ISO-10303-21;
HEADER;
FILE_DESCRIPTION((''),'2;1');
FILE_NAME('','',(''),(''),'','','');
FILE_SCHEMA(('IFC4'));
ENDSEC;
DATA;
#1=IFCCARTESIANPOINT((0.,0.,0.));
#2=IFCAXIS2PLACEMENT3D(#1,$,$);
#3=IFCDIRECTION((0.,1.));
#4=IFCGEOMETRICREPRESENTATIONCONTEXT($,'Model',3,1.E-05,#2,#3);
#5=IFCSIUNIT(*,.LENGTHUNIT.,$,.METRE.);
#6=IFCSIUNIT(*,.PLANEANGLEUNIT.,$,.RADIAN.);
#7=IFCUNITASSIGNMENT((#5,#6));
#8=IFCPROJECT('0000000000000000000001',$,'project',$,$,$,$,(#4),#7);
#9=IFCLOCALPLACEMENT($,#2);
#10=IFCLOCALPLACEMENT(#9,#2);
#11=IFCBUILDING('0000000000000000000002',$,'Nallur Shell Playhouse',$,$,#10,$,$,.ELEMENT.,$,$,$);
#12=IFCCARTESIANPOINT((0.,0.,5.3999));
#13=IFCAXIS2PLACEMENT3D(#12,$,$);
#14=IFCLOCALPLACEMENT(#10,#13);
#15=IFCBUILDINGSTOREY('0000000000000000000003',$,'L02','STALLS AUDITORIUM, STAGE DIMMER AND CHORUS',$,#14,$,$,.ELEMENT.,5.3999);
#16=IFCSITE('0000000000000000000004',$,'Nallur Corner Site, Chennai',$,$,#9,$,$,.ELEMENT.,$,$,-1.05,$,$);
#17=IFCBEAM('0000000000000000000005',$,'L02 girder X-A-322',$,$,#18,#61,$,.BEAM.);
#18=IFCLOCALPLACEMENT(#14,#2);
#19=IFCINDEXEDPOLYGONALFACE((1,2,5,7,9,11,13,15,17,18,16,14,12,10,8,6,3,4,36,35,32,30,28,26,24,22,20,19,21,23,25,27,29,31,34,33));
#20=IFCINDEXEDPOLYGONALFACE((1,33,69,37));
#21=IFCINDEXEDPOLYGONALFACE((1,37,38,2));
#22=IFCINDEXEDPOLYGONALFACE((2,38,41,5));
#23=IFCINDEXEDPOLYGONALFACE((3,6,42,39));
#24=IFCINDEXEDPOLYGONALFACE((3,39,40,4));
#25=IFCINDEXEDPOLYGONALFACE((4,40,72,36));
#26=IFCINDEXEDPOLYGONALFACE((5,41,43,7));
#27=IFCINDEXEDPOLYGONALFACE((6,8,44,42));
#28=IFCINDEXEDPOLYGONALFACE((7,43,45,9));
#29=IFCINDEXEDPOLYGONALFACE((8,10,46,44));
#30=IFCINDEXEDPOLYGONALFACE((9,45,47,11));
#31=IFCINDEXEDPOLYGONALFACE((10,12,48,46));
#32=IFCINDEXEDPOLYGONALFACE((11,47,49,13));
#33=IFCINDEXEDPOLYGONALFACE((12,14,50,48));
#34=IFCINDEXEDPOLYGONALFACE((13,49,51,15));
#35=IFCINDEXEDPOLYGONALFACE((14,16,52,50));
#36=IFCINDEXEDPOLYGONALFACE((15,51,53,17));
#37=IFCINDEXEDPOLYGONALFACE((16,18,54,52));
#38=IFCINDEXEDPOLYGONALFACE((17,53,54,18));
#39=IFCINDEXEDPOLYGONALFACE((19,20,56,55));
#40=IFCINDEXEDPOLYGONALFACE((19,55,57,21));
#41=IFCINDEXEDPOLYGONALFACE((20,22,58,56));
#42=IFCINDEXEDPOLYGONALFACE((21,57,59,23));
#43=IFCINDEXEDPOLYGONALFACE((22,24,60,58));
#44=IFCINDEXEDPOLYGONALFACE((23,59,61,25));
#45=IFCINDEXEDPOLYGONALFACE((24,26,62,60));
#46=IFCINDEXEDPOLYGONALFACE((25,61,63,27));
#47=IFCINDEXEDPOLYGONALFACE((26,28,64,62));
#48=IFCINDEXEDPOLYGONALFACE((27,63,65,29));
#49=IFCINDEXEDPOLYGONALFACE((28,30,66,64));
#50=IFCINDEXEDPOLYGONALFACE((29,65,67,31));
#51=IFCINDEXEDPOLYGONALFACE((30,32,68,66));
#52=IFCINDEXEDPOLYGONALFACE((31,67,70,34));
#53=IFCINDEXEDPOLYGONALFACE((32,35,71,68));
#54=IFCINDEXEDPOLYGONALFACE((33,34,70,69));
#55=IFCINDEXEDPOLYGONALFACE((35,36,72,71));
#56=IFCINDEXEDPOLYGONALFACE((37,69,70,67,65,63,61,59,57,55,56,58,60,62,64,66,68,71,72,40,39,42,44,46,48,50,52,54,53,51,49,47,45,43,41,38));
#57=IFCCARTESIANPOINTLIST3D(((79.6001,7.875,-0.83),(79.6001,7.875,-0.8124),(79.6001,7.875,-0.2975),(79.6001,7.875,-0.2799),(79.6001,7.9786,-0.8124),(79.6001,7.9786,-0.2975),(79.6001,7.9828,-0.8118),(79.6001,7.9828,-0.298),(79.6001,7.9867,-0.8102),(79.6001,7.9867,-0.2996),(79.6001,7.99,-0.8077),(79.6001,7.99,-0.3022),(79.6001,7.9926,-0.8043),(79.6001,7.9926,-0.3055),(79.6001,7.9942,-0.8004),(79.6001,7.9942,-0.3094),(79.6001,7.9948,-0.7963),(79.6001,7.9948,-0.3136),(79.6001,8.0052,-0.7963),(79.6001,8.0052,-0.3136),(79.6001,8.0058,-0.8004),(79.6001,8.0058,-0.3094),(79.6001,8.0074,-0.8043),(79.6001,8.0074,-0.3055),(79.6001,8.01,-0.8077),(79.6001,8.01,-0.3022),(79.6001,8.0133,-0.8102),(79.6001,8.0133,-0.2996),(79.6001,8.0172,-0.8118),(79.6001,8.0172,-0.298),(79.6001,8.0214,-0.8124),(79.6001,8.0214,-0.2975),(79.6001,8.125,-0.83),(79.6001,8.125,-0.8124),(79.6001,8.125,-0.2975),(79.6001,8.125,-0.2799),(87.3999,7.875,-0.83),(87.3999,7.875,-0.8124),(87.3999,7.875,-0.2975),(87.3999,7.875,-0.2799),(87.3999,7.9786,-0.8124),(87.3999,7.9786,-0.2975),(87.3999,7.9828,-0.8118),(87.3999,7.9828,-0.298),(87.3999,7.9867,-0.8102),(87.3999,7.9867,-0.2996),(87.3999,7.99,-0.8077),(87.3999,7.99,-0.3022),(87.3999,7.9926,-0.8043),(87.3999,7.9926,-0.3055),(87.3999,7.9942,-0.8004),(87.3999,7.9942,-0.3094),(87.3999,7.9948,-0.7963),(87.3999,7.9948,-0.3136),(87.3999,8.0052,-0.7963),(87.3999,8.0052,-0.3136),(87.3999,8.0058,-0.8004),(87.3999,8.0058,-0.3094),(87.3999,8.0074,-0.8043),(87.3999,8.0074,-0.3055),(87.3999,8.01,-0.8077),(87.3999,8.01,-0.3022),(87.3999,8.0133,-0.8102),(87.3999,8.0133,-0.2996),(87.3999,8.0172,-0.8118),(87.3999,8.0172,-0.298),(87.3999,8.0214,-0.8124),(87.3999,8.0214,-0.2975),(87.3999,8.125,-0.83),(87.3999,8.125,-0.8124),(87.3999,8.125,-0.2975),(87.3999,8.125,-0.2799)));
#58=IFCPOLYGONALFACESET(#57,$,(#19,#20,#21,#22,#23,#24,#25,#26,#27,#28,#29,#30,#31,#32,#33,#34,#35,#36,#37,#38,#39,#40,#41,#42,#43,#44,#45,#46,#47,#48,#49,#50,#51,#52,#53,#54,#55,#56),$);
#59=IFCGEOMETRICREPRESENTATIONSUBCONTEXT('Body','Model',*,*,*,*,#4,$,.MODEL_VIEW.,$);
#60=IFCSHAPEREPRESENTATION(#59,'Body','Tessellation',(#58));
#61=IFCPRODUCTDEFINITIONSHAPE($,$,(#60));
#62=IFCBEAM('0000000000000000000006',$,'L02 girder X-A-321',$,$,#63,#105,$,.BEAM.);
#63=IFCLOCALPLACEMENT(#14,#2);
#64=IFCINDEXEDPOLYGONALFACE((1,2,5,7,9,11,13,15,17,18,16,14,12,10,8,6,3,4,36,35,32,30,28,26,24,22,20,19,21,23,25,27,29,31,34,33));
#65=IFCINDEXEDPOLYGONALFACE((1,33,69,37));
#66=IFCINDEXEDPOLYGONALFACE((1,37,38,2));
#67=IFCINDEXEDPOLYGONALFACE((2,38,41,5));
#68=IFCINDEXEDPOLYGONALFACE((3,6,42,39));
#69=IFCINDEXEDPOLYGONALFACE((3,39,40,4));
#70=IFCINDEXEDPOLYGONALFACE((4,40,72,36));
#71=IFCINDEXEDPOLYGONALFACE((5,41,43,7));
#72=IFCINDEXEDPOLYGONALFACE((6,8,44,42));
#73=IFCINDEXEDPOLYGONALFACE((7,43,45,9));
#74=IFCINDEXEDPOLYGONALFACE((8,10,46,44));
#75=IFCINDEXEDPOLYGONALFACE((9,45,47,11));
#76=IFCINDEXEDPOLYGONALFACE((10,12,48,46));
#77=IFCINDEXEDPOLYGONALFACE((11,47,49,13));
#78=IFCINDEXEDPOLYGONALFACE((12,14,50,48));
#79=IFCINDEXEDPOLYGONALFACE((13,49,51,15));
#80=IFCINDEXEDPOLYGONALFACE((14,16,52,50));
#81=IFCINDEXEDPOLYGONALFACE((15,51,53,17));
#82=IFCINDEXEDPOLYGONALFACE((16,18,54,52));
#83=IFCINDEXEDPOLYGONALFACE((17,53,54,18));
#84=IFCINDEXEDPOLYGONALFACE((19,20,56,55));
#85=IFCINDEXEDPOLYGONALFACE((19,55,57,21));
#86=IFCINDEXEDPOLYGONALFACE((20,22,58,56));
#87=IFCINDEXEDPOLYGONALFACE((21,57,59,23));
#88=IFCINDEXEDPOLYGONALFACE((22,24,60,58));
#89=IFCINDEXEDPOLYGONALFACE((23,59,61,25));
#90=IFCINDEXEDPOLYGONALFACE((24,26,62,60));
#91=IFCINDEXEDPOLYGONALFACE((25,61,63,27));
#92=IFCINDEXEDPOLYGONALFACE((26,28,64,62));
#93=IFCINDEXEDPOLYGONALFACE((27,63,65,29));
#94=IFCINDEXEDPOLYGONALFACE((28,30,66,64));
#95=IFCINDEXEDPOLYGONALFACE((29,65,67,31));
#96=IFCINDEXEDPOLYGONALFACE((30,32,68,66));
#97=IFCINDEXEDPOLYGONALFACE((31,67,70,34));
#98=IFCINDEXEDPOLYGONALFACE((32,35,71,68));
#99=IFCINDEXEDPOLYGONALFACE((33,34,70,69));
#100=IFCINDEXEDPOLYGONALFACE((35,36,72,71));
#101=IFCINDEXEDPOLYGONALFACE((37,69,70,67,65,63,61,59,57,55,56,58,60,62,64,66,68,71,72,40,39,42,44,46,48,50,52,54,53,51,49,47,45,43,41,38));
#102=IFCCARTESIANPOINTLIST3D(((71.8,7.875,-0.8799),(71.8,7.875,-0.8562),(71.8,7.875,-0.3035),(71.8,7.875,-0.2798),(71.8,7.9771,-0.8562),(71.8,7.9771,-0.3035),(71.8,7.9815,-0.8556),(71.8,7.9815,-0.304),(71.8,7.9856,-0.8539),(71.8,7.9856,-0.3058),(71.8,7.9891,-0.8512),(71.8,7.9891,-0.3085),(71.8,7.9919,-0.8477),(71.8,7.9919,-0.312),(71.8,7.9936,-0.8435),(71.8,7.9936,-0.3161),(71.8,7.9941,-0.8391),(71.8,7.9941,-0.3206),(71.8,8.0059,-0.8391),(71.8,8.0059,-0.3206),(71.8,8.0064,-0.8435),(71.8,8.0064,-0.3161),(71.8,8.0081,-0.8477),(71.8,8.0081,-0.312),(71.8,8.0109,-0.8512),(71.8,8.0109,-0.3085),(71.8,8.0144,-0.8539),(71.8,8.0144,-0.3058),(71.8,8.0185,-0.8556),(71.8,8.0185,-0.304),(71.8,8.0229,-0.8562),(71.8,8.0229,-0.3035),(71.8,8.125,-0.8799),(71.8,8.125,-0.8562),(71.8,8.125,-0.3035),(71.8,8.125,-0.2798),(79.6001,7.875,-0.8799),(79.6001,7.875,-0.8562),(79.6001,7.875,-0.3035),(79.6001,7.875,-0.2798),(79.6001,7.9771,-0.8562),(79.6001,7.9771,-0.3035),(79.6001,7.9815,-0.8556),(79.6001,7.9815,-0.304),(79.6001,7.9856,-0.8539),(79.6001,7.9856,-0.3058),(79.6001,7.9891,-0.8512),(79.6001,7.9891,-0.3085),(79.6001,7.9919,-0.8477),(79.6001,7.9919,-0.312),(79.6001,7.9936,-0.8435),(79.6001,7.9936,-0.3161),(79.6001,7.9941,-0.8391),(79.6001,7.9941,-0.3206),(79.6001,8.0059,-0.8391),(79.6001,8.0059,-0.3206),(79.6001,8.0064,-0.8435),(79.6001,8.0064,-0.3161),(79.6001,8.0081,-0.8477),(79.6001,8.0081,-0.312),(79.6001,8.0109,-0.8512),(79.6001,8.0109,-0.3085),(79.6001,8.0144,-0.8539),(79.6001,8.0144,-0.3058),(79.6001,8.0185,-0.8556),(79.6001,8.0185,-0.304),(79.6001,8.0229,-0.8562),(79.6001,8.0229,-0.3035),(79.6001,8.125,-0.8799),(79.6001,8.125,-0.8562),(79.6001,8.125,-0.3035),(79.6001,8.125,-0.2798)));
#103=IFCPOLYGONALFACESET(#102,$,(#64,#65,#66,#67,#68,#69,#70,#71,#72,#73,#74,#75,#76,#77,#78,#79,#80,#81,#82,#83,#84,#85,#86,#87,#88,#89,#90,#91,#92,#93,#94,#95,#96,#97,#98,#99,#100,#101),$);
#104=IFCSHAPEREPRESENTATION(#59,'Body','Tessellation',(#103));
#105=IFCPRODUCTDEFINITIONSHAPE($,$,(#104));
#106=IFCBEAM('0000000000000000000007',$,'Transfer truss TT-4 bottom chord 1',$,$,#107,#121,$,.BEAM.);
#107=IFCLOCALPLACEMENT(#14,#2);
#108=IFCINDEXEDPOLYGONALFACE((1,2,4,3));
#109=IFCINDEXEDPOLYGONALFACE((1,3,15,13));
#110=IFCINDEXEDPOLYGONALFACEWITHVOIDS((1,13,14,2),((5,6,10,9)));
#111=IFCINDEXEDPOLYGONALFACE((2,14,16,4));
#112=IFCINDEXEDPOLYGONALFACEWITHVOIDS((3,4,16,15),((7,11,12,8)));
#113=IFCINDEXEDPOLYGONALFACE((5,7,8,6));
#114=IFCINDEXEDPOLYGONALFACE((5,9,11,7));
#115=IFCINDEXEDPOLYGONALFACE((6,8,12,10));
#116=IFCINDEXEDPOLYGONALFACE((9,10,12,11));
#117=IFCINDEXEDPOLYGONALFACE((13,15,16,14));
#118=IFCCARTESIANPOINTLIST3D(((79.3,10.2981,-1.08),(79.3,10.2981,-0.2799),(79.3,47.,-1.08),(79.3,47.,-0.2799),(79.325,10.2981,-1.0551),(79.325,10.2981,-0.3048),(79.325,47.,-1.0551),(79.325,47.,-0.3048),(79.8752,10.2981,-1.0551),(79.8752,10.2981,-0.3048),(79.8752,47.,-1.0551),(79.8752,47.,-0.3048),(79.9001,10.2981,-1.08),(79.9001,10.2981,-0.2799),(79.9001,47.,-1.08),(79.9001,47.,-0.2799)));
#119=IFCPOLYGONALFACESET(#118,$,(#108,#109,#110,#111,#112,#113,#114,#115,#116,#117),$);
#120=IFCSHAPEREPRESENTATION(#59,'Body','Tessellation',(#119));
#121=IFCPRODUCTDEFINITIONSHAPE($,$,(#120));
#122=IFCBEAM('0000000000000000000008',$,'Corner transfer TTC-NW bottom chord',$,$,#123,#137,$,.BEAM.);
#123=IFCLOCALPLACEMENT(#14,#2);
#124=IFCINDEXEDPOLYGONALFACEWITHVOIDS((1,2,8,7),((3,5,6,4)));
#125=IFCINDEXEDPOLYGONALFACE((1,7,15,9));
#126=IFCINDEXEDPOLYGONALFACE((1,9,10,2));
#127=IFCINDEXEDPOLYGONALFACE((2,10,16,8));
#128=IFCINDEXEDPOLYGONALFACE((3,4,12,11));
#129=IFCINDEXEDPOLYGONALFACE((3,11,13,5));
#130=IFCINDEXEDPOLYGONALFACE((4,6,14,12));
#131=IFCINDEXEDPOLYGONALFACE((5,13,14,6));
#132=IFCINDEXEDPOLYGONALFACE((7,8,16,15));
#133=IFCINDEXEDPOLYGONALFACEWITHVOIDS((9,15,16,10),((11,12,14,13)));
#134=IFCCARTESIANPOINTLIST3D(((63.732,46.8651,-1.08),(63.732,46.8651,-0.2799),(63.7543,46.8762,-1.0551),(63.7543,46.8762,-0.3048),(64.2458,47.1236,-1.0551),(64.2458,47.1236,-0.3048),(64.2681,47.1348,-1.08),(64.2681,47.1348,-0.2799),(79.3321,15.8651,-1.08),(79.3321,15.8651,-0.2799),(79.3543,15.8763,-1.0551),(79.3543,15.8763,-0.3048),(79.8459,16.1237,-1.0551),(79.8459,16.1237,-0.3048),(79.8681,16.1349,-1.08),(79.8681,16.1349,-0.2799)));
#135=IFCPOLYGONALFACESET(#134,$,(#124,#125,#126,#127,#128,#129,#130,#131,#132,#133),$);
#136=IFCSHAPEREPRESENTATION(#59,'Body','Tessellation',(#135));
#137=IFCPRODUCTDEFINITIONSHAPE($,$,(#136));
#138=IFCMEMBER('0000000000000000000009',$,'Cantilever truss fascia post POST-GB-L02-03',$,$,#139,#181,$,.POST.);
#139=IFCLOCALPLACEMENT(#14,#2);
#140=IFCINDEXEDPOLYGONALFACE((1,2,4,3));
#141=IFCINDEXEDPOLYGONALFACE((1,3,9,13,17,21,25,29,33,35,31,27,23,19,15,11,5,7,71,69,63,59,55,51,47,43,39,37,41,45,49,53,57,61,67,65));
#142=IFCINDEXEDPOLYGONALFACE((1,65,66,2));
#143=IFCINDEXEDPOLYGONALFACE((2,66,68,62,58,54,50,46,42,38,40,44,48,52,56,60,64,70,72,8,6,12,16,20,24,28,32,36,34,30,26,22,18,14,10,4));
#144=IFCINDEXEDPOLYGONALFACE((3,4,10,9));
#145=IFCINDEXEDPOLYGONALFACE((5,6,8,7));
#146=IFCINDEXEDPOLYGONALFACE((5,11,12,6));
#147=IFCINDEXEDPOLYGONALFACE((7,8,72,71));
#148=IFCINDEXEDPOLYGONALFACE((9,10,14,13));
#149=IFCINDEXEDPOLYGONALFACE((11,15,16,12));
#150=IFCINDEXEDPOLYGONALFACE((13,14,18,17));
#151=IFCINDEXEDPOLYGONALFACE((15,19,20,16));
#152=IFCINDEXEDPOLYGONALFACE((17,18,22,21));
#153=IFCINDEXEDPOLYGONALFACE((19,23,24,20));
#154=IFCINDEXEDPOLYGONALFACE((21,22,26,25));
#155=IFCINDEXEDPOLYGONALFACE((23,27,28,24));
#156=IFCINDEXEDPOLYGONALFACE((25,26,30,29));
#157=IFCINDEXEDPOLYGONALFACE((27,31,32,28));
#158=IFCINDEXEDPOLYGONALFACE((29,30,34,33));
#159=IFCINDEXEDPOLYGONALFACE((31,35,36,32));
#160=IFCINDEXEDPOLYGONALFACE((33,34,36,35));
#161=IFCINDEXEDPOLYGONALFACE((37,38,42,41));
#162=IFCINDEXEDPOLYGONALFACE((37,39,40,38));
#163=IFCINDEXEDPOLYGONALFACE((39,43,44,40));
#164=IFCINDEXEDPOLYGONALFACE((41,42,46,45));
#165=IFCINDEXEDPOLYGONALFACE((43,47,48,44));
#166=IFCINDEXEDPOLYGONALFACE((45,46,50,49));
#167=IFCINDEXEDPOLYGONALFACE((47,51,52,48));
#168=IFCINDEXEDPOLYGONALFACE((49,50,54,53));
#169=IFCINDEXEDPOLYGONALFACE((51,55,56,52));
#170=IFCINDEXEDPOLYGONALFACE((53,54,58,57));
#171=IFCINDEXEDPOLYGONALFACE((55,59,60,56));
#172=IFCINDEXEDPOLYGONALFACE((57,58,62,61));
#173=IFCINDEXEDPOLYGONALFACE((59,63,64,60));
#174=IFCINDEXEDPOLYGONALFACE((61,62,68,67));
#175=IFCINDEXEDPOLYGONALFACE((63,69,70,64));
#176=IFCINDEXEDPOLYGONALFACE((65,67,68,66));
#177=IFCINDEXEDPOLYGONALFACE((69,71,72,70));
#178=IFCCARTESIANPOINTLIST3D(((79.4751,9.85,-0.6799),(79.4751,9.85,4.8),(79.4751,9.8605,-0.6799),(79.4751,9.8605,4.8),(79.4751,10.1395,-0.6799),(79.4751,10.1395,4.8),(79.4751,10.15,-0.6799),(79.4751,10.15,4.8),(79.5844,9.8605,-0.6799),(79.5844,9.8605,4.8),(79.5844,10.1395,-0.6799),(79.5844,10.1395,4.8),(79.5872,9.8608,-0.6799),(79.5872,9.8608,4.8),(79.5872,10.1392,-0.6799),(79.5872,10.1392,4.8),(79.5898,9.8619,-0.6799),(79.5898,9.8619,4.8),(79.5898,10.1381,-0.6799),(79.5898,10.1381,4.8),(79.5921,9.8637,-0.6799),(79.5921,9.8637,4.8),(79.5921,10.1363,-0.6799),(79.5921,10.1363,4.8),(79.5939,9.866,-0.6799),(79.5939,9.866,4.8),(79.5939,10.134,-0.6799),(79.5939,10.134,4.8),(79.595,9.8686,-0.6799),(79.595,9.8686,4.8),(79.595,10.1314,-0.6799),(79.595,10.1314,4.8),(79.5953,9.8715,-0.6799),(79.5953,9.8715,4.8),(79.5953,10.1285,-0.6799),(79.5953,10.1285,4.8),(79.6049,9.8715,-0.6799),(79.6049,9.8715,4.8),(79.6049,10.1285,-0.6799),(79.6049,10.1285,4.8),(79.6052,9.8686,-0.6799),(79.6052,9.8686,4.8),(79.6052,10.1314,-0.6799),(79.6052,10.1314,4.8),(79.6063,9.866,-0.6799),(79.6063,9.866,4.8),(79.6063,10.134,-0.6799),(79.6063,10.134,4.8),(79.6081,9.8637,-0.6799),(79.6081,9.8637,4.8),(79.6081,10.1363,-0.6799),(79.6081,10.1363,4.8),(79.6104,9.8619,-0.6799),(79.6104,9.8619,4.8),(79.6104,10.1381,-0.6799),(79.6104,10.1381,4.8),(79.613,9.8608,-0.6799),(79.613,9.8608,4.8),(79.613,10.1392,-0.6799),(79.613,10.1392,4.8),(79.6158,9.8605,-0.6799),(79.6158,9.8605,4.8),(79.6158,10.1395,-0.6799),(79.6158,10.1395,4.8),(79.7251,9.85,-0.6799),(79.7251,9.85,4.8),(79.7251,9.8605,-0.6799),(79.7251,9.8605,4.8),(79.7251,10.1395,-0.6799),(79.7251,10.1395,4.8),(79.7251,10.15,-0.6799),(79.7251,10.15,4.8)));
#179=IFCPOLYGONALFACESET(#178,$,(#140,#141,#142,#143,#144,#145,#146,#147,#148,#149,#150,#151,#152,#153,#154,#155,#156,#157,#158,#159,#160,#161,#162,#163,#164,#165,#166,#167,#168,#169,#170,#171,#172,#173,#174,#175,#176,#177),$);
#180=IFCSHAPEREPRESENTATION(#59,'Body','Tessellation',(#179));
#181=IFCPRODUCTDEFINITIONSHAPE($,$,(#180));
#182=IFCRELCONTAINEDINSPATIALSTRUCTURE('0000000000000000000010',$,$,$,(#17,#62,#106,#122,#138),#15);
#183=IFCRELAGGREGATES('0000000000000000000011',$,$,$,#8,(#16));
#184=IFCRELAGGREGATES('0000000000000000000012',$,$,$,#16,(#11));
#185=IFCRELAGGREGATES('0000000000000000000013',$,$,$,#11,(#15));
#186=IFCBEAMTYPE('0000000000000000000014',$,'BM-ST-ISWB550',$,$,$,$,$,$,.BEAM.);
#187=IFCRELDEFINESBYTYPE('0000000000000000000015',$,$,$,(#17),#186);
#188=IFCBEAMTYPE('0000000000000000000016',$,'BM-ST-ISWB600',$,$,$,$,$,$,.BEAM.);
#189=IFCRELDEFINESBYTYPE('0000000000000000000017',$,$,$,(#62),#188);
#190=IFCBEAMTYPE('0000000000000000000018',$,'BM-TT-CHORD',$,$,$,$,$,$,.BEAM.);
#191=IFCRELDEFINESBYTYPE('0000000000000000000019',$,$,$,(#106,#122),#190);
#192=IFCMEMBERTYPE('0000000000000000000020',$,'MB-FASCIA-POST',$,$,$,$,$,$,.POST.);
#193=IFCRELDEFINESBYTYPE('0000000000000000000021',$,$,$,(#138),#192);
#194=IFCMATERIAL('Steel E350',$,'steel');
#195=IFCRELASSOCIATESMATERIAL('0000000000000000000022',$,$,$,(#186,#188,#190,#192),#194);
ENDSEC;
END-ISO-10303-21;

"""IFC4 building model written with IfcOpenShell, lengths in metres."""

from ifc_helpers import new_model, si_unit, direction, frame, origin, origin_2d, place, context, subcontext, project, spatial, hollow_rectangle, i_section, extrude, material, material_profile, profile_set, type_object, element, save


model = new_model("IFC4")

# Units and contexts
model_context = context("Model", 3, precision=1e-05, world=origin(), true_north=direction((0.0, 1.0)))
body_context = subcontext(model_context, "Body", "Model", "MODEL_VIEW")
ifc_project = project(units=[si_unit("LENGTHUNIT", "METRE"), si_unit("PLANEANGLEUNIT", "RADIAN")], contexts=[model_context])

# Site, building, storey
site_placement = place(None, origin())
site = spatial("IfcSite", under=ifc_project, at=site_placement, Name="Nallur Corner Site, Chennai", CompositionType="ELEMENT", RefElevation=-1.05)
building_placement = place(site_placement, origin())
building = spatial("IfcBuilding", under=site, at=building_placement, Name="Nallur Shell Playhouse", CompositionType="ELEMENT")
storey_placement = place(building_placement, frame((0.0, 0.0, 5.3999)))
storey = spatial("IfcBuildingStorey", under=building, at=storey_placement, Name="L02", Description="STALLS AUDITORIUM, STAGE DIMMER AND CHORUS", CompositionType="ELEMENT", Elevation=5.3999)

# Beams
ifc_material_1 = material(Name="Steel E350", Category="steel")
ifc_material_profile_1 = material_profile(ifc_material_1, i_section(OverallWidth=0.25, OverallDepth=0.55, WebThickness=0.0105, FlangeThickness=0.0176, FilletRadius=0.0161, at=origin_2d()), Name="ISWB 550")
ifc_profile_set_1 = profile_set([ifc_material_profile_1], Name="Steel E350")
beam_type_1 = type_object("IfcBeamType", Name="BM-ST-ISWB550", PredefinedType="BEAM", material=ifc_profile_set_1)
beam_1_placement = place(storey_placement, frame((79.6001, 8.0, -0.5549), z_axis=(1.0, 0.0, 0.0), x_axis=(0.0, 1.0, 0.0)))
element("IfcBeam", 1, at=beam_1_placement, inside=storey, type_object=beam_type_1, Name="L02 girder X-A-322", PredefinedType="BEAM", context=body_context, shape_type="SweptSolid", body=[
    extrude(i_section(OverallWidth=0.25, OverallDepth=0.55, WebThickness=0.0105, FlangeThickness=0.0176, FilletRadius=0.0161, at=origin_2d()), origin(), (0.0, 0.0, 1.0), 7.7998),
])
ifc_material_profile_2 = material_profile(ifc_material_1, i_section(OverallWidth=0.25, OverallDepth=0.6001, WebThickness=0.0117, FlangeThickness=0.0237, FilletRadius=0.0171, at=origin_2d()), Name="ISWB 600")
ifc_profile_set_2 = profile_set([ifc_material_profile_2], Name="Steel E350")
beam_type_2 = type_object("IfcBeamType", Name="BM-ST-ISWB600", PredefinedType="BEAM", material=ifc_profile_set_2)
beam_2_placement = place(storey_placement, frame((71.8, 8.0, -0.5798), z_axis=(1.0, 0.0, 0.0), x_axis=(0.0, 1.0, 0.0)))
element("IfcBeam", 2, at=beam_2_placement, inside=storey, type_object=beam_type_2, Name="L02 girder X-A-321", PredefinedType="BEAM", context=body_context, shape_type="SweptSolid", body=[
    extrude(i_section(OverallWidth=0.25, OverallDepth=0.6001, WebThickness=0.0117, FlangeThickness=0.0237, FilletRadius=0.0171, at=origin_2d()), origin(), (0.0, 0.0, 1.0), 7.8),
])
ifc_material_profile_3 = material_profile(ifc_material_1, hollow_rectangle(XDim=0.6001, YDim=0.8, WallThickness=0.0249, at=origin_2d()), Name="BOX 600x800x25")
ifc_profile_set_3 = profile_set([ifc_material_profile_3], Name="Steel E350")
beam_type_3 = type_object("IfcBeamType", Name="BM-TT-CHORD", PredefinedType="BEAM", material=ifc_profile_set_3)
beam_3_placement = place(storey_placement, frame((79.6001, 10.2981, -0.6799), z_axis=(0.0, 1.0, 0.0), x_axis=(-1.0, 0.0, 0.0)))
element("IfcBeam", 3, at=beam_3_placement, inside=storey, type_object=beam_type_3, Name="Transfer truss TT-4 bottom chord 1", PredefinedType="BEAM", context=body_context, shape_type="SweptSolid", body=[
    extrude(hollow_rectangle(XDim=0.6001, YDim=0.8, WallThickness=0.0249, at=origin_2d()), origin(), (0.0, 0.0, 1.0), 36.7019),
])
beam_4_placement = place(storey_placement, frame((79.6001, 16.0, -0.6799), z_axis=(-0.44952, 0.89327, 0.0), x_axis=(-0.89327, -0.44952, 0.0)))
element("IfcBeam", 4, at=beam_4_placement, inside=storey, type_object=beam_type_3, Name="Corner transfer TTC-NW bottom chord", PredefinedType="BEAM", context=body_context, shape_type="SweptSolid", body=[
    extrude(hollow_rectangle(XDim=0.6001, YDim=0.8, WallThickness=0.0249, at=origin_2d()), origin(), (0.0, 0.0, 1.0), 34.7039),
])

# Member
ifc_material_profile_4 = material_profile(ifc_material_1, i_section(OverallWidth=0.25, OverallDepth=0.3, WebThickness=0.0095, FlangeThickness=0.0105, FilletRadius=0.011, at=origin_2d()), Name="ISHB 300")
ifc_profile_set_4 = profile_set([ifc_material_profile_4], Name="Steel E350")
member_type_1 = type_object("IfcMemberType", Name="MB-FASCIA-POST", PredefinedType="POST", material=ifc_profile_set_4)
member_1_placement = place(storey_placement, frame((79.6001, 10.0, -0.6799), z_axis=(0.0, 0.0, 1.0), x_axis=(1.0, 0.0, 0.0)))
element("IfcMember", 5, at=member_1_placement, inside=storey, type_object=member_type_1, Name="Cantilever truss fascia post POST-GB-L02-03", PredefinedType="POST", context=body_context, shape_type="SweptSolid", body=[
    extrude(i_section(OverallWidth=0.25, OverallDepth=0.3, WebThickness=0.0095, FlangeThickness=0.0105, FilletRadius=0.011, at=origin_2d()), origin(), (0.0, 0.0, 1.0), 5.48),
])

save(model, "model.ifc")
